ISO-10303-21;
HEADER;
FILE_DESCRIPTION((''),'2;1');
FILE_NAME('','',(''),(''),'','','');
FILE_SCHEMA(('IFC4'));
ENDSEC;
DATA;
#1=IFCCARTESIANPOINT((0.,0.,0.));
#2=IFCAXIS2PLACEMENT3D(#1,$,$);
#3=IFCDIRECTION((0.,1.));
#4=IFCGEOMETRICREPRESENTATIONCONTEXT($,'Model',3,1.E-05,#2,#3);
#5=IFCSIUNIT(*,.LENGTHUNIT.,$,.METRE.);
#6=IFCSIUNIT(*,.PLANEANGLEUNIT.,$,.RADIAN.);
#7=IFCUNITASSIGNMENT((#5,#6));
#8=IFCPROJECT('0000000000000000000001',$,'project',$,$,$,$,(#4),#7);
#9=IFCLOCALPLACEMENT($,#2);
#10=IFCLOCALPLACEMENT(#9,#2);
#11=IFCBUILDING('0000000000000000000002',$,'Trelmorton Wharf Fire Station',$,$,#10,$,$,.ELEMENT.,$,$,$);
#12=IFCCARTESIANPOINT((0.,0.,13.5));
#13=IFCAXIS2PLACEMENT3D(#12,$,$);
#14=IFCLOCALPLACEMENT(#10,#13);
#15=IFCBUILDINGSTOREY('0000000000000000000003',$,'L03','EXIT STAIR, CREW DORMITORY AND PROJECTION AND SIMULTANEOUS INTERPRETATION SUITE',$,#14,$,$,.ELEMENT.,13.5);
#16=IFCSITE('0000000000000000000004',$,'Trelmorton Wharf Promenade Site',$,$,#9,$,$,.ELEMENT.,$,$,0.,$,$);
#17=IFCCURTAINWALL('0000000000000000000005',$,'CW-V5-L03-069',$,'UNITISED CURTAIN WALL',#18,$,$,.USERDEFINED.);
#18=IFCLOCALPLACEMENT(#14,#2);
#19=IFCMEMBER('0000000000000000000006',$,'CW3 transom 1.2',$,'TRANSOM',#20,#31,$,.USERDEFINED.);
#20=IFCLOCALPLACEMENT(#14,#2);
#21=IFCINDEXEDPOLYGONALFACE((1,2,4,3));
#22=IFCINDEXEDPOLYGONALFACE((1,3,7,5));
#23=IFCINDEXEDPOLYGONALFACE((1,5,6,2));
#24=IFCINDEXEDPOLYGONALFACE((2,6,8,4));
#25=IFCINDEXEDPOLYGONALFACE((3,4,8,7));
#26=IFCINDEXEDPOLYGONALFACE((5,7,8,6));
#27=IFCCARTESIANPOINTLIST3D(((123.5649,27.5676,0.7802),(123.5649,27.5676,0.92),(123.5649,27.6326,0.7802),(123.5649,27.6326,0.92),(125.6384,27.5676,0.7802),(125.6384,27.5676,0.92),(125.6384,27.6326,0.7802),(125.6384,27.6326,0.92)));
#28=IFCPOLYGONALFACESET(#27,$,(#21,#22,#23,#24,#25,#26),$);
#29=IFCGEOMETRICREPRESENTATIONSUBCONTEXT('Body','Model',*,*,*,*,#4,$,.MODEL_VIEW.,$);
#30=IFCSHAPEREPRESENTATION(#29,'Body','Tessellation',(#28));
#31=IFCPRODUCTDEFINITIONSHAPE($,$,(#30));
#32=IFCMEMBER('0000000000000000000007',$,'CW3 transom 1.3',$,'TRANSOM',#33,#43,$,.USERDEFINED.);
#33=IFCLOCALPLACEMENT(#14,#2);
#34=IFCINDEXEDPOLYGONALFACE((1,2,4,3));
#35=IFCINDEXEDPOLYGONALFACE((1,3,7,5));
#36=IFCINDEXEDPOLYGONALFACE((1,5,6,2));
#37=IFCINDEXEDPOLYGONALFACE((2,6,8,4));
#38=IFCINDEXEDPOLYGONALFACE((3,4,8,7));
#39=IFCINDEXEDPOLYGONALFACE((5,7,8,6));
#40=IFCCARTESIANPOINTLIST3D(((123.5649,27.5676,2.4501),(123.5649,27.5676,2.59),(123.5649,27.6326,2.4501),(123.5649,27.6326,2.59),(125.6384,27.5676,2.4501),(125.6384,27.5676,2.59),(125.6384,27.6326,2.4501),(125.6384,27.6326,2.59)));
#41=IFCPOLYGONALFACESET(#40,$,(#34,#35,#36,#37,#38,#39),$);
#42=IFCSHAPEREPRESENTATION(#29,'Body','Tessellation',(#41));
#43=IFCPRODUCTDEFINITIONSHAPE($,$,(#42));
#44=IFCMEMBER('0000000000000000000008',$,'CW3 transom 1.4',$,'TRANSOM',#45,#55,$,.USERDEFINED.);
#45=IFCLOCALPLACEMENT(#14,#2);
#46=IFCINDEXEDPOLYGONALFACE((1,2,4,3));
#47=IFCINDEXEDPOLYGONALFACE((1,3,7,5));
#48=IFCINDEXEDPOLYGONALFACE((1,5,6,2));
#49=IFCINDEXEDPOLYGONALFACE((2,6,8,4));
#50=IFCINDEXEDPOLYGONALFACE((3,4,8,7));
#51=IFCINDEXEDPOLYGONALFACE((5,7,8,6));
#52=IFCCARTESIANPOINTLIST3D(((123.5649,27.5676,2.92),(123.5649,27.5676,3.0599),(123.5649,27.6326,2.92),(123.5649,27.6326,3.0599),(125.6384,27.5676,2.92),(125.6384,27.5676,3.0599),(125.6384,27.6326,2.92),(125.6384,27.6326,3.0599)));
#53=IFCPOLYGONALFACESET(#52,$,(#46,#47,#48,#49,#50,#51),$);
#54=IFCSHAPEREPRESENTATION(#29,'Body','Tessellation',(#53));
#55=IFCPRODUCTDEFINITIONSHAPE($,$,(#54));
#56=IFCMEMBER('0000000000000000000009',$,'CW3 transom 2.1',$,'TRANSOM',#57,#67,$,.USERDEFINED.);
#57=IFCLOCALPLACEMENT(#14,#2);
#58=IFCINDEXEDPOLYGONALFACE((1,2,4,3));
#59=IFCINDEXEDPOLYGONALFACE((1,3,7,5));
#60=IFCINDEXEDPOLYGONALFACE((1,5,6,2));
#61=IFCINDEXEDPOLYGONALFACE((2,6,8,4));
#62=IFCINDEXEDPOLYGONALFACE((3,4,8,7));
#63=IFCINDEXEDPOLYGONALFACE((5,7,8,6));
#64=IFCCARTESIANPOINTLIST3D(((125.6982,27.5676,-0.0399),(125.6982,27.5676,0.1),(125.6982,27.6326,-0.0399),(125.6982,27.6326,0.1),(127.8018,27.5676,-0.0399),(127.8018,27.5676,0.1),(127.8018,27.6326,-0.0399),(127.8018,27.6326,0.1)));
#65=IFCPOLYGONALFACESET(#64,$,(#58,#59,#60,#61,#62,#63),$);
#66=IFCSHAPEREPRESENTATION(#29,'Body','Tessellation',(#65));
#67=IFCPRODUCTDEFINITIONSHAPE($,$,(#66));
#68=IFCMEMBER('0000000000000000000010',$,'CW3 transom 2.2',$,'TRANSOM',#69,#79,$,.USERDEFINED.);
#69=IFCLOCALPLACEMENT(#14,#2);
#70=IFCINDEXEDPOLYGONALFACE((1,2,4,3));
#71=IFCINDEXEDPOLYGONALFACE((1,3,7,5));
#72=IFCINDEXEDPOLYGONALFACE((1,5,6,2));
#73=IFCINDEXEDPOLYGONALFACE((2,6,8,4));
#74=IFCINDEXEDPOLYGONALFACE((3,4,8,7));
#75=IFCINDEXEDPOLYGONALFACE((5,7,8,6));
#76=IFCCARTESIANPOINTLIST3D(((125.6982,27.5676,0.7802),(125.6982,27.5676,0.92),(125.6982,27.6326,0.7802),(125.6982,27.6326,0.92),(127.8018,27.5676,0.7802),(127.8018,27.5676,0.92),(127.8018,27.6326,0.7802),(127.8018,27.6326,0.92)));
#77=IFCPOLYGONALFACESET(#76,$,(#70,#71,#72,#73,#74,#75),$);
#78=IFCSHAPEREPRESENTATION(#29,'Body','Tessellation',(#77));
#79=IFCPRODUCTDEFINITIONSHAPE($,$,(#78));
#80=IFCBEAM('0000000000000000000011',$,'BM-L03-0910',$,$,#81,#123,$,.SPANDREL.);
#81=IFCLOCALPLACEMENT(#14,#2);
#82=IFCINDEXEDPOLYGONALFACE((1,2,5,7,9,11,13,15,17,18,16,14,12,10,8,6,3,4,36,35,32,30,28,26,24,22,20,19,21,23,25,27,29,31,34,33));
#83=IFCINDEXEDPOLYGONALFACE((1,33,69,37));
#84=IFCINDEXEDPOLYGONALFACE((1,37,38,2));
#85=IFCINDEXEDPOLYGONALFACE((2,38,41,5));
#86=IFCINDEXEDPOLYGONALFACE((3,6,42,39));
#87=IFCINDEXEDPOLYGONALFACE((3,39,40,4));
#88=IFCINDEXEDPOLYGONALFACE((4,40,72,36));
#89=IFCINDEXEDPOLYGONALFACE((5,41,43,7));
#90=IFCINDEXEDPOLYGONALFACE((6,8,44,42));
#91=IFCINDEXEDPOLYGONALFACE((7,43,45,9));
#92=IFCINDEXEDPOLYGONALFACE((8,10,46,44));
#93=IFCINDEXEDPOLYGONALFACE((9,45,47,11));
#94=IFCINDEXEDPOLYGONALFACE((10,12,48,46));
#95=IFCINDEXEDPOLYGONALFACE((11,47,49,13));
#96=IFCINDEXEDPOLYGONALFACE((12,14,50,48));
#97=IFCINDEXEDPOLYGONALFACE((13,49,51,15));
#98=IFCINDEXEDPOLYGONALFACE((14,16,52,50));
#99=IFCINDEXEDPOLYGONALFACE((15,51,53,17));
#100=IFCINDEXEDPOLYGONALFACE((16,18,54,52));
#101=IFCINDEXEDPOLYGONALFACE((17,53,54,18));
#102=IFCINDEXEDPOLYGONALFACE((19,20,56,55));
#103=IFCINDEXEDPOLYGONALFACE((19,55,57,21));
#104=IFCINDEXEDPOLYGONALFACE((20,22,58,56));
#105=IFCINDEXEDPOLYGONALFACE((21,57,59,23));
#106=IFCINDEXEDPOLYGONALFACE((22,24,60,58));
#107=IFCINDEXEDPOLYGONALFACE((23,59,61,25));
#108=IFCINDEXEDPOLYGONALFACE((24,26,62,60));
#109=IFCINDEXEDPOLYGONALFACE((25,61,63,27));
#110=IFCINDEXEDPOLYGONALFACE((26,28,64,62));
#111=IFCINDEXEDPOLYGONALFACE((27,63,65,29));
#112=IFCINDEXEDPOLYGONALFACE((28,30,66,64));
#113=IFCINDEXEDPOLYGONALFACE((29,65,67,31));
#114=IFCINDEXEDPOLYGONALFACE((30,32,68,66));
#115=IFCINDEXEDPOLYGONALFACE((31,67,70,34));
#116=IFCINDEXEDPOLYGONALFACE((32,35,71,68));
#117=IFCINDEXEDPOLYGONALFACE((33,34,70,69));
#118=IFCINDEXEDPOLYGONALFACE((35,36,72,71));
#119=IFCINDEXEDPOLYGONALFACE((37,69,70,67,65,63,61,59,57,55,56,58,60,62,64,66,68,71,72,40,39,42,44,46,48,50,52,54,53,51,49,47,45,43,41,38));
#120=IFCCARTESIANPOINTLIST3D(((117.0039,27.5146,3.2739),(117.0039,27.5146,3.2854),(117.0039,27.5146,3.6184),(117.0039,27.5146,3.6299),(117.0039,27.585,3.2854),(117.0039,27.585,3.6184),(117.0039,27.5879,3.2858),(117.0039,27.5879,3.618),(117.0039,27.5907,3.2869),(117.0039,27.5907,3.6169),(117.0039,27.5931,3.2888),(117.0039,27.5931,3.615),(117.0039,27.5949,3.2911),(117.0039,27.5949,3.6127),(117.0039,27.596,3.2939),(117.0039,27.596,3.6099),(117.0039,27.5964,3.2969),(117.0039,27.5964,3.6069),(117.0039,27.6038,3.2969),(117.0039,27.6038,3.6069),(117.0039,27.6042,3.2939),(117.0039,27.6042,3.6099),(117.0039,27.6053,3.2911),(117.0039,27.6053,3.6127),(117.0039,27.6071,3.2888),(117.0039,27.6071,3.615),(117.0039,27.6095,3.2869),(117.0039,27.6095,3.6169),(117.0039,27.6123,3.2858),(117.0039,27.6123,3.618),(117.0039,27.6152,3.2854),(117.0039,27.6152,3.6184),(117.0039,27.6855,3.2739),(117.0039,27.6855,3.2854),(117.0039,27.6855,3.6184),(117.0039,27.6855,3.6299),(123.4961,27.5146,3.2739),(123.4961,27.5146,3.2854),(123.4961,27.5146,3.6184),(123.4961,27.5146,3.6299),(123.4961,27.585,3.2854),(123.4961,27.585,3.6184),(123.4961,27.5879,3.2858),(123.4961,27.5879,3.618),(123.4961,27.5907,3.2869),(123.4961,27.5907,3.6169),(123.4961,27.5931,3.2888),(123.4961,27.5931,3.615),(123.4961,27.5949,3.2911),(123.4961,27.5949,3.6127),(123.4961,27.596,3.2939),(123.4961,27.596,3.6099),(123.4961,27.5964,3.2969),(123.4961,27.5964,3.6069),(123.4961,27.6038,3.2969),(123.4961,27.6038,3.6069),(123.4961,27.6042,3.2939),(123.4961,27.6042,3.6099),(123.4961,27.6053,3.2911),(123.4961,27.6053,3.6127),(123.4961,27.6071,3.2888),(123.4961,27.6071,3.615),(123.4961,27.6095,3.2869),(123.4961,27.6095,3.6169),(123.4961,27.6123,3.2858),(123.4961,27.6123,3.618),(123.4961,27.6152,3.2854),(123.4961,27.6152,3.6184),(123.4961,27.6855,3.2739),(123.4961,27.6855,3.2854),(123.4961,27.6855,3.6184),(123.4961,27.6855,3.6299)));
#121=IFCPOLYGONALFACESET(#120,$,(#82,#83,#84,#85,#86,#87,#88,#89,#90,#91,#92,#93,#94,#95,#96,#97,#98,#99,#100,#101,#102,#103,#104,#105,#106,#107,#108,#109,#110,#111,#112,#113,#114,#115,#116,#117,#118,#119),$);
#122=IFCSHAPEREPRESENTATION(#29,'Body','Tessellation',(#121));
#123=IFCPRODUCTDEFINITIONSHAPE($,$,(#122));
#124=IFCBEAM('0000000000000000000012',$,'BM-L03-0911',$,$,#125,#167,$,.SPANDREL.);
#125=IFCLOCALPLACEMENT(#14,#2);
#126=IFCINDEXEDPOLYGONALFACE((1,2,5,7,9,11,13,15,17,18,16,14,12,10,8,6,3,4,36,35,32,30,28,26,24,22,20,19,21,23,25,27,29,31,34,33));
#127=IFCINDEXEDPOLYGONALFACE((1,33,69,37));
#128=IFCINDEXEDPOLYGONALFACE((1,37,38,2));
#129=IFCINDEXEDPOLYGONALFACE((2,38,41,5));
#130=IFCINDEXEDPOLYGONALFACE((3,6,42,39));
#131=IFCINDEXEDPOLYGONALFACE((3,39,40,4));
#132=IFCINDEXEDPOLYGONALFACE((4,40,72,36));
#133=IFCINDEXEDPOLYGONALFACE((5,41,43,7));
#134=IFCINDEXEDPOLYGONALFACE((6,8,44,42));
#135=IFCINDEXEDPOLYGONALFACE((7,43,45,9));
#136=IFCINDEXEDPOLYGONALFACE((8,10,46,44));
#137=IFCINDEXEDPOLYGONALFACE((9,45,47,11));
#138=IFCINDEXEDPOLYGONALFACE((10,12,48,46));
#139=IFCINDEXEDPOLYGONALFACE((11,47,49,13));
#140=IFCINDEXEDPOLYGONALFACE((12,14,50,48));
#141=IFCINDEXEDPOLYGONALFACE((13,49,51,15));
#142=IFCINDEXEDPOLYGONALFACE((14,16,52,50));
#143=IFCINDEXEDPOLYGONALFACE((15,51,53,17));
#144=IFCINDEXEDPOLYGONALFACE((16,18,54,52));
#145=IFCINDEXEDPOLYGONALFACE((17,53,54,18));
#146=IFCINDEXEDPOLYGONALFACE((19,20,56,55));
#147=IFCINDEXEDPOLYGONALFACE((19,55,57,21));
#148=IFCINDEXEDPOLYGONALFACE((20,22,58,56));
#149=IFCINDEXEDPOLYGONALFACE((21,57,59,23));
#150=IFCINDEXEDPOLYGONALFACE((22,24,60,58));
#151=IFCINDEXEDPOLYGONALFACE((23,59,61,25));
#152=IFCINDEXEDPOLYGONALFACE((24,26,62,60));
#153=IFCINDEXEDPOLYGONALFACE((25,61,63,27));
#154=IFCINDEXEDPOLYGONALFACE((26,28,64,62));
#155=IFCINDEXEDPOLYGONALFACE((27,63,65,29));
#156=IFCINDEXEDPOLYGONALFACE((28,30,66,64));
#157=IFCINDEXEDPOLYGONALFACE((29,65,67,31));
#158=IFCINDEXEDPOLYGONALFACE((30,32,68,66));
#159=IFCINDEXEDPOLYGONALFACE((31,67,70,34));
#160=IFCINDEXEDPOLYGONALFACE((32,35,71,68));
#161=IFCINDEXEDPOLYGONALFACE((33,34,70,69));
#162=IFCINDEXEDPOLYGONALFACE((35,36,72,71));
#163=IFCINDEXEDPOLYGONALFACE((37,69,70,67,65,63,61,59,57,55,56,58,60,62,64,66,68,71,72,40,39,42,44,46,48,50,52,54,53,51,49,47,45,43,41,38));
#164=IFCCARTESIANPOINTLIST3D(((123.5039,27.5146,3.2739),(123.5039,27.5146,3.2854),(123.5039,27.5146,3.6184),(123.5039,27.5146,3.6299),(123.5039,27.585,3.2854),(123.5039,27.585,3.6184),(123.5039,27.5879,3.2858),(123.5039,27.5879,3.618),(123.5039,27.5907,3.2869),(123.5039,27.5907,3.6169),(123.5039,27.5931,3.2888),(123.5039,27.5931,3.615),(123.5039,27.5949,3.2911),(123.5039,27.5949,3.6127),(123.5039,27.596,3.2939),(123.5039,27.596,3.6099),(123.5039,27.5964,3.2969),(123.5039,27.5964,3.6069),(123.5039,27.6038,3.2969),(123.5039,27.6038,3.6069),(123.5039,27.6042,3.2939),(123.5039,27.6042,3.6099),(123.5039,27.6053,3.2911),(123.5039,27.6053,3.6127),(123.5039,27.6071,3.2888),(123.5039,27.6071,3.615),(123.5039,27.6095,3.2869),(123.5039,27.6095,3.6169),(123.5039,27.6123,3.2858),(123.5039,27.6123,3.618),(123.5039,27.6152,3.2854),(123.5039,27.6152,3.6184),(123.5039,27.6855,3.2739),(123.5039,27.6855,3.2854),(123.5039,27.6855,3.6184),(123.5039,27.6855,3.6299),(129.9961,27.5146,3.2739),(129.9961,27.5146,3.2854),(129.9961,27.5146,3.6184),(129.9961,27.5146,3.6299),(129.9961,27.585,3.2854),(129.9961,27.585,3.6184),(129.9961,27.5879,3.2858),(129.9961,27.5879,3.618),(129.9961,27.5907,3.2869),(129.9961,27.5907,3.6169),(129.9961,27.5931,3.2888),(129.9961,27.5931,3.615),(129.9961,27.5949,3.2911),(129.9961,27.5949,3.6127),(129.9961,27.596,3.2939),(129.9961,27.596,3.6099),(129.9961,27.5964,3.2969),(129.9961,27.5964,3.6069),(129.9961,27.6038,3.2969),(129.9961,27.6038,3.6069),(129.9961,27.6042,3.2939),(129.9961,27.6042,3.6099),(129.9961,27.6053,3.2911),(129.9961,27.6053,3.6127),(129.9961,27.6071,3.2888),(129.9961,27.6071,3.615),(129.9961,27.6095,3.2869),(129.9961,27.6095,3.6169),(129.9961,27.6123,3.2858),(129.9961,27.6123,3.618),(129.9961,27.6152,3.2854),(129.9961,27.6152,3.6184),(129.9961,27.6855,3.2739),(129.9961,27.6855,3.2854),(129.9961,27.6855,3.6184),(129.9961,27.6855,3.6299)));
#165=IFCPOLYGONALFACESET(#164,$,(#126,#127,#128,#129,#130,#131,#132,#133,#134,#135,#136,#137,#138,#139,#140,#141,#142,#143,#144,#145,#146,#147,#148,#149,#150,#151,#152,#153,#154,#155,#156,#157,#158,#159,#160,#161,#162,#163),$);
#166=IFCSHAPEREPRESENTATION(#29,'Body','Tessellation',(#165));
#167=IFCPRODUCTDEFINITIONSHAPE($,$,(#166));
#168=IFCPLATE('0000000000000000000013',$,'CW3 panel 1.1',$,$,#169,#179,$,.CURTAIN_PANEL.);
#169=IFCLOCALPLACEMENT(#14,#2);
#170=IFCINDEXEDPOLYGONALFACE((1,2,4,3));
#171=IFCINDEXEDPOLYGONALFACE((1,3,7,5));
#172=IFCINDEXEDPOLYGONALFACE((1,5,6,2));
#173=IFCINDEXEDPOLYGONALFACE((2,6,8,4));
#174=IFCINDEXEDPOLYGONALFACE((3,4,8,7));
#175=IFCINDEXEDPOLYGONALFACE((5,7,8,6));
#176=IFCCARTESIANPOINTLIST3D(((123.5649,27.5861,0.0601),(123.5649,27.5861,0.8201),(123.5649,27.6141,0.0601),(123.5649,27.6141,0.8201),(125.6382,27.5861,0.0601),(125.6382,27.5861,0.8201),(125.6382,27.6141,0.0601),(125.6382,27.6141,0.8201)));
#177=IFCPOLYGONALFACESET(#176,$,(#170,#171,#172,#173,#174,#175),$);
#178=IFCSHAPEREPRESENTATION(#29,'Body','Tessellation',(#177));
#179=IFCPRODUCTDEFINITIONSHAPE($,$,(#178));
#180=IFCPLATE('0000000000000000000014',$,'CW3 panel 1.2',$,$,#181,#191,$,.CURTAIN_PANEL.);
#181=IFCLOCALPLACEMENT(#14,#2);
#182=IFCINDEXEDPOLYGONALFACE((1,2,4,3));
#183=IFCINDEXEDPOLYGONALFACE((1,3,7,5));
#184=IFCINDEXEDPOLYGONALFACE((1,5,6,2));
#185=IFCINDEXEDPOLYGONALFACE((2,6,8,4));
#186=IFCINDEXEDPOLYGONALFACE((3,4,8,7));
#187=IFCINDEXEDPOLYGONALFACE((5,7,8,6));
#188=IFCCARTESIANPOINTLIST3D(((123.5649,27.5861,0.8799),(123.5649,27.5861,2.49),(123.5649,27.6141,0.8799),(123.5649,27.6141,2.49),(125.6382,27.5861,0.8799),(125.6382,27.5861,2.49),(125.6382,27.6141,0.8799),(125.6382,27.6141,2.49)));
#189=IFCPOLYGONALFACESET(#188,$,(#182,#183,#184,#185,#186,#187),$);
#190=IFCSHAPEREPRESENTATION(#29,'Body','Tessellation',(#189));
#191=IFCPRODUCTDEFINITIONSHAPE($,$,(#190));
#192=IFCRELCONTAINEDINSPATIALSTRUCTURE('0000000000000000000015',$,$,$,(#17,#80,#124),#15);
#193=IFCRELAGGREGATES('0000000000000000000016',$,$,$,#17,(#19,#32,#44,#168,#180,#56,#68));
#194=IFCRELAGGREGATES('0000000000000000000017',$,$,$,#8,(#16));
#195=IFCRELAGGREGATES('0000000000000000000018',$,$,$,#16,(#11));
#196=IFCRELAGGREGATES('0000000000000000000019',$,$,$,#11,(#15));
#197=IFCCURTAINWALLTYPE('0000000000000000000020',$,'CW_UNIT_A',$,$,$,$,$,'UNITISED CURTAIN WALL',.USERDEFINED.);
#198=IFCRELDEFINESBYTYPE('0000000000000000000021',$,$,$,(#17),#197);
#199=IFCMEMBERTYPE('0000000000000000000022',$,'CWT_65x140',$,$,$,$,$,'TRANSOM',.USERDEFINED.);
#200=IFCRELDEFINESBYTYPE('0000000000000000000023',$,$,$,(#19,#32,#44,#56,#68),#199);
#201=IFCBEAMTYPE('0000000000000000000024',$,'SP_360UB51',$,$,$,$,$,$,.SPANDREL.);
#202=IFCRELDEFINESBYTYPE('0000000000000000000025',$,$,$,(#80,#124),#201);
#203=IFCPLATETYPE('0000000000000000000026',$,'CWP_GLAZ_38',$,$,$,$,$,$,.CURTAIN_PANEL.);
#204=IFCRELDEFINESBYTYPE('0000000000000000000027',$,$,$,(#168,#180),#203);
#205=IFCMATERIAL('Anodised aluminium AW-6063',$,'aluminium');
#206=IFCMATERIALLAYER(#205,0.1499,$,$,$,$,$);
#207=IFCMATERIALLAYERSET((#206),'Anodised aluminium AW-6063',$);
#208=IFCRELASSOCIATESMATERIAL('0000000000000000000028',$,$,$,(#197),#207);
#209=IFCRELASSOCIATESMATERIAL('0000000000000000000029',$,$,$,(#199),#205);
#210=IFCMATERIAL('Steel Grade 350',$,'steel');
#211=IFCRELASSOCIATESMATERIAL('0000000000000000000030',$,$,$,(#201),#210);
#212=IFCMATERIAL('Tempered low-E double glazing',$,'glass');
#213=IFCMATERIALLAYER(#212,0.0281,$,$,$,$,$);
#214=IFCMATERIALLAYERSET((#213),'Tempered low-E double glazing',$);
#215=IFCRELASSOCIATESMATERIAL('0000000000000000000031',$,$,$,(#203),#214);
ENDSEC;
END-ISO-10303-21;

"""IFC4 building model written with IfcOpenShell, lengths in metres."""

from ifc_helpers import new_model, si_unit, direction, frame, origin, origin_2d, place, context, subcontext, project, spatial, rectangle, i_section, extrude, material, layer, layer_set, material_profile, profile_set, type_object, element, aggregate, save


model = new_model("IFC4")

# Units and contexts
model_context = context("Model", 3, precision=1e-05, world=origin(), true_north=direction((0.0, 1.0)))
body_context = subcontext(model_context, "Body", "Model", "MODEL_VIEW")
ifc_project = project(units=[si_unit("LENGTHUNIT", "METRE"), si_unit("PLANEANGLEUNIT", "RADIAN")], contexts=[model_context])

# Site, building, storey
site_placement = place(None, origin())
site = spatial("IfcSite", under=ifc_project, at=site_placement, Name="Trelmorton Wharf Promenade Site", CompositionType="ELEMENT", RefElevation=0.0)
building_placement = place(site_placement, origin())
building = spatial("IfcBuilding", under=site, at=building_placement, Name="Trelmorton Wharf Fire Station", CompositionType="ELEMENT")
storey_placement = place(building_placement, frame((0.0, 0.0, 13.5)))
storey = spatial("IfcBuildingStorey", under=building, at=storey_placement, Name="L03", Description="EXIT STAIR, CREW DORMITORY AND PROJECTION AND SIMULTANEOUS INTERPRETATION SUITE", CompositionType="ELEMENT", Elevation=13.5)

# Shared definitions
ifc_material_1 = material(Name="Steel Grade 350", Category="steel")

# Curtain wall, members
ifc_material_2 = material(Name="Anodised aluminium AW-6063", Category="aluminium")
ifc_layer_1 = layer(ifc_material_2, 0.1499)
ifc_layer_set_1 = layer_set([ifc_layer_1], Name="Anodised aluminium AW-6063")
curtain_wall_type = type_object("IfcCurtainWallType", Name="CW_UNIT_A", ElementType="UNITISED CURTAIN WALL", PredefinedType="USERDEFINED", material=ifc_layer_set_1)
curtain_wall_placement = place(storey_placement, origin())
curtain_wall = element("IfcCurtainWall", 1, at=curtain_wall_placement, inside=storey, type_object=curtain_wall_type, Name="CW-V5-L03-069", ObjectType="UNITISED CURTAIN WALL", PredefinedType="USERDEFINED")
ifc_material_profile_1 = material_profile(ifc_material_2, rectangle(XDim=0.0649, YDim=0.1399, at=origin_2d()), Name="ALU-65x140")
ifc_profile_set_1 = profile_set([ifc_material_profile_1], Name="Anodised aluminium AW-6063")
member_type_1 = type_object("IfcMemberType", Name="CWT_65x140", ElementType="TRANSOM", PredefinedType="USERDEFINED", material=ifc_profile_set_1)
member_1_placement = place(storey_placement, frame((123.5649, 27.6001, 0.8501), z_axis=(1.0, 0.0, 0.0), x_axis=(0.0, 1.0, 0.0)))
member_1 = element("IfcMember", 2, at=member_1_placement, type_object=member_type_1, Name="CW3 transom 1.2", ObjectType="TRANSOM", PredefinedType="USERDEFINED", context=body_context, shape_type="SweptSolid", body=[
    extrude(rectangle(XDim=0.0649, YDim=0.1399, at=origin_2d()), origin(), (0.0, 0.0, 1.0), 2.0735),
])
member_2_placement = place(storey_placement, frame((123.5649, 27.6001, 2.52), z_axis=(1.0, 0.0, 0.0), x_axis=(0.0, 1.0, 0.0)))
member_2 = element("IfcMember", 3, at=member_2_placement, type_object=member_type_1, Name="CW3 transom 1.3", ObjectType="TRANSOM", PredefinedType="USERDEFINED", context=body_context, shape_type="SweptSolid", body=[
    extrude(rectangle(XDim=0.0649, YDim=0.1399, at=origin_2d()), origin(), (0.0, 0.0, 1.0), 2.0735),
])
member_3_placement = place(storey_placement, frame((123.5649, 27.6001, 2.99), z_axis=(1.0, 0.0, 0.0), x_axis=(0.0, 1.0, 0.0)))
member_3 = element("IfcMember", 4, at=member_3_placement, type_object=member_type_1, Name="CW3 transom 1.4", ObjectType="TRANSOM", PredefinedType="USERDEFINED", context=body_context, shape_type="SweptSolid", body=[
    extrude(rectangle(XDim=0.0649, YDim=0.1399, at=origin_2d()), origin(), (0.0, 0.0, 1.0), 2.0735),
])
member_4_placement = place(storey_placement, frame((125.6982, 27.6001, 0.03), z_axis=(1.0, 0.0, 0.0), x_axis=(0.0, 1.0, 0.0)))
member_4 = element("IfcMember", 5, at=member_4_placement, type_object=member_type_1, Name="CW3 transom 2.1", ObjectType="TRANSOM", PredefinedType="USERDEFINED", context=body_context, shape_type="SweptSolid", body=[
    extrude(rectangle(XDim=0.0649, YDim=0.1399, at=origin_2d()), origin(), (0.0, 0.0, 1.0), 2.1035),
])
member_5_placement = place(storey_placement, frame((125.6982, 27.6001, 0.8501), z_axis=(1.0, 0.0, 0.0), x_axis=(0.0, 1.0, 0.0)))
member_5 = element("IfcMember", 6, at=member_5_placement, type_object=member_type_1, Name="CW3 transom 2.2", ObjectType="TRANSOM", PredefinedType="USERDEFINED", context=body_context, shape_type="SweptSolid", body=[
    extrude(rectangle(XDim=0.0649, YDim=0.1399, at=origin_2d()), origin(), (0.0, 0.0, 1.0), 2.1035),
])

# Beams
ifc_material_profile_2 = material_profile(ifc_material_1, i_section(OverallWidth=0.1709, OverallDepth=0.356, WebThickness=0.0073, FlangeThickness=0.0115, FilletRadius=0.0115, at=origin_2d()), Name="360UB50.7")
ifc_profile_set_2 = profile_set([ifc_material_profile_2], Name="Steel Grade 350")
beam_type_1 = type_object("IfcBeamType", Name="SP_360UB51", PredefinedType="SPANDREL", material=ifc_profile_set_2)
for number, where, z_axis, x_axis, name in (
    (7, (117.0039, 27.6001, 3.4519), (1.0, 0.0, 0.0), (0.0, 1.0, 0.0), "BM-L03-0910"),
    (8, (123.5039, 27.6001, 3.4519), (1.0, 0.0, 0.0), (0.0, 1.0, 0.0), "BM-L03-0911"),
):
    element("IfcBeam", number, at=place(storey_placement, frame(where, z_axis=z_axis, x_axis=x_axis)), inside=storey, type_object=beam_type_1, Name=name, PredefinedType="SPANDREL", context=body_context, shape_type="SweptSolid", body=[
        extrude(i_section(OverallWidth=0.1709, OverallDepth=0.356, WebThickness=0.0073, FlangeThickness=0.0115, FilletRadius=0.0115, at=origin_2d()), origin(), (0.0, 0.0, 1.0), 6.4922),
    ])

# Plates
ifc_material_3 = material(Name="Tempered low-E double glazing", Category="glass")
ifc_layer_2 = layer(ifc_material_3, 0.0281)
ifc_layer_set_2 = layer_set([ifc_layer_2], Name="Tempered low-E double glazing")
plate_type = type_object("IfcPlateType", Name="CWP_GLAZ_38", PredefinedType="CURTAIN_PANEL", material=ifc_layer_set_2)
plate_1_placement = place(storey_placement, frame((124.6016, 27.6001, 0.0601), z_axis=(0.0, 0.0, 1.0), x_axis=(1.0, 0.0, 0.0)))
plate_1 = element("IfcPlate", 9, at=plate_1_placement, type_object=plate_type, Name="CW3 panel 1.1", PredefinedType="CURTAIN_PANEL", context=body_context, shape_type="SweptSolid", body=[
    extrude(rectangle(XDim=2.0732, YDim=0.0281, at=origin_2d()), origin(), (0.0, 0.0, 1.0), 0.76),
])
plate_2_placement = place(storey_placement, frame((124.6016, 27.6001, 0.8799), z_axis=(0.0, 0.0, 1.0), x_axis=(1.0, 0.0, 0.0)))
plate_2 = element("IfcPlate", 10, at=plate_2_placement, type_object=plate_type, Name="CW3 panel 1.2", PredefinedType="CURTAIN_PANEL", context=body_context, shape_type="SweptSolid", body=[
    extrude(rectangle(XDim=2.0732, YDim=0.0281, at=origin_2d()), origin(), (0.0, 0.0, 1.0), 1.6101),
])
aggregate(curtain_wall, [member_1, member_2, member_3, plate_1, plate_2, member_4, member_5])

save(model, "model.ifc")
